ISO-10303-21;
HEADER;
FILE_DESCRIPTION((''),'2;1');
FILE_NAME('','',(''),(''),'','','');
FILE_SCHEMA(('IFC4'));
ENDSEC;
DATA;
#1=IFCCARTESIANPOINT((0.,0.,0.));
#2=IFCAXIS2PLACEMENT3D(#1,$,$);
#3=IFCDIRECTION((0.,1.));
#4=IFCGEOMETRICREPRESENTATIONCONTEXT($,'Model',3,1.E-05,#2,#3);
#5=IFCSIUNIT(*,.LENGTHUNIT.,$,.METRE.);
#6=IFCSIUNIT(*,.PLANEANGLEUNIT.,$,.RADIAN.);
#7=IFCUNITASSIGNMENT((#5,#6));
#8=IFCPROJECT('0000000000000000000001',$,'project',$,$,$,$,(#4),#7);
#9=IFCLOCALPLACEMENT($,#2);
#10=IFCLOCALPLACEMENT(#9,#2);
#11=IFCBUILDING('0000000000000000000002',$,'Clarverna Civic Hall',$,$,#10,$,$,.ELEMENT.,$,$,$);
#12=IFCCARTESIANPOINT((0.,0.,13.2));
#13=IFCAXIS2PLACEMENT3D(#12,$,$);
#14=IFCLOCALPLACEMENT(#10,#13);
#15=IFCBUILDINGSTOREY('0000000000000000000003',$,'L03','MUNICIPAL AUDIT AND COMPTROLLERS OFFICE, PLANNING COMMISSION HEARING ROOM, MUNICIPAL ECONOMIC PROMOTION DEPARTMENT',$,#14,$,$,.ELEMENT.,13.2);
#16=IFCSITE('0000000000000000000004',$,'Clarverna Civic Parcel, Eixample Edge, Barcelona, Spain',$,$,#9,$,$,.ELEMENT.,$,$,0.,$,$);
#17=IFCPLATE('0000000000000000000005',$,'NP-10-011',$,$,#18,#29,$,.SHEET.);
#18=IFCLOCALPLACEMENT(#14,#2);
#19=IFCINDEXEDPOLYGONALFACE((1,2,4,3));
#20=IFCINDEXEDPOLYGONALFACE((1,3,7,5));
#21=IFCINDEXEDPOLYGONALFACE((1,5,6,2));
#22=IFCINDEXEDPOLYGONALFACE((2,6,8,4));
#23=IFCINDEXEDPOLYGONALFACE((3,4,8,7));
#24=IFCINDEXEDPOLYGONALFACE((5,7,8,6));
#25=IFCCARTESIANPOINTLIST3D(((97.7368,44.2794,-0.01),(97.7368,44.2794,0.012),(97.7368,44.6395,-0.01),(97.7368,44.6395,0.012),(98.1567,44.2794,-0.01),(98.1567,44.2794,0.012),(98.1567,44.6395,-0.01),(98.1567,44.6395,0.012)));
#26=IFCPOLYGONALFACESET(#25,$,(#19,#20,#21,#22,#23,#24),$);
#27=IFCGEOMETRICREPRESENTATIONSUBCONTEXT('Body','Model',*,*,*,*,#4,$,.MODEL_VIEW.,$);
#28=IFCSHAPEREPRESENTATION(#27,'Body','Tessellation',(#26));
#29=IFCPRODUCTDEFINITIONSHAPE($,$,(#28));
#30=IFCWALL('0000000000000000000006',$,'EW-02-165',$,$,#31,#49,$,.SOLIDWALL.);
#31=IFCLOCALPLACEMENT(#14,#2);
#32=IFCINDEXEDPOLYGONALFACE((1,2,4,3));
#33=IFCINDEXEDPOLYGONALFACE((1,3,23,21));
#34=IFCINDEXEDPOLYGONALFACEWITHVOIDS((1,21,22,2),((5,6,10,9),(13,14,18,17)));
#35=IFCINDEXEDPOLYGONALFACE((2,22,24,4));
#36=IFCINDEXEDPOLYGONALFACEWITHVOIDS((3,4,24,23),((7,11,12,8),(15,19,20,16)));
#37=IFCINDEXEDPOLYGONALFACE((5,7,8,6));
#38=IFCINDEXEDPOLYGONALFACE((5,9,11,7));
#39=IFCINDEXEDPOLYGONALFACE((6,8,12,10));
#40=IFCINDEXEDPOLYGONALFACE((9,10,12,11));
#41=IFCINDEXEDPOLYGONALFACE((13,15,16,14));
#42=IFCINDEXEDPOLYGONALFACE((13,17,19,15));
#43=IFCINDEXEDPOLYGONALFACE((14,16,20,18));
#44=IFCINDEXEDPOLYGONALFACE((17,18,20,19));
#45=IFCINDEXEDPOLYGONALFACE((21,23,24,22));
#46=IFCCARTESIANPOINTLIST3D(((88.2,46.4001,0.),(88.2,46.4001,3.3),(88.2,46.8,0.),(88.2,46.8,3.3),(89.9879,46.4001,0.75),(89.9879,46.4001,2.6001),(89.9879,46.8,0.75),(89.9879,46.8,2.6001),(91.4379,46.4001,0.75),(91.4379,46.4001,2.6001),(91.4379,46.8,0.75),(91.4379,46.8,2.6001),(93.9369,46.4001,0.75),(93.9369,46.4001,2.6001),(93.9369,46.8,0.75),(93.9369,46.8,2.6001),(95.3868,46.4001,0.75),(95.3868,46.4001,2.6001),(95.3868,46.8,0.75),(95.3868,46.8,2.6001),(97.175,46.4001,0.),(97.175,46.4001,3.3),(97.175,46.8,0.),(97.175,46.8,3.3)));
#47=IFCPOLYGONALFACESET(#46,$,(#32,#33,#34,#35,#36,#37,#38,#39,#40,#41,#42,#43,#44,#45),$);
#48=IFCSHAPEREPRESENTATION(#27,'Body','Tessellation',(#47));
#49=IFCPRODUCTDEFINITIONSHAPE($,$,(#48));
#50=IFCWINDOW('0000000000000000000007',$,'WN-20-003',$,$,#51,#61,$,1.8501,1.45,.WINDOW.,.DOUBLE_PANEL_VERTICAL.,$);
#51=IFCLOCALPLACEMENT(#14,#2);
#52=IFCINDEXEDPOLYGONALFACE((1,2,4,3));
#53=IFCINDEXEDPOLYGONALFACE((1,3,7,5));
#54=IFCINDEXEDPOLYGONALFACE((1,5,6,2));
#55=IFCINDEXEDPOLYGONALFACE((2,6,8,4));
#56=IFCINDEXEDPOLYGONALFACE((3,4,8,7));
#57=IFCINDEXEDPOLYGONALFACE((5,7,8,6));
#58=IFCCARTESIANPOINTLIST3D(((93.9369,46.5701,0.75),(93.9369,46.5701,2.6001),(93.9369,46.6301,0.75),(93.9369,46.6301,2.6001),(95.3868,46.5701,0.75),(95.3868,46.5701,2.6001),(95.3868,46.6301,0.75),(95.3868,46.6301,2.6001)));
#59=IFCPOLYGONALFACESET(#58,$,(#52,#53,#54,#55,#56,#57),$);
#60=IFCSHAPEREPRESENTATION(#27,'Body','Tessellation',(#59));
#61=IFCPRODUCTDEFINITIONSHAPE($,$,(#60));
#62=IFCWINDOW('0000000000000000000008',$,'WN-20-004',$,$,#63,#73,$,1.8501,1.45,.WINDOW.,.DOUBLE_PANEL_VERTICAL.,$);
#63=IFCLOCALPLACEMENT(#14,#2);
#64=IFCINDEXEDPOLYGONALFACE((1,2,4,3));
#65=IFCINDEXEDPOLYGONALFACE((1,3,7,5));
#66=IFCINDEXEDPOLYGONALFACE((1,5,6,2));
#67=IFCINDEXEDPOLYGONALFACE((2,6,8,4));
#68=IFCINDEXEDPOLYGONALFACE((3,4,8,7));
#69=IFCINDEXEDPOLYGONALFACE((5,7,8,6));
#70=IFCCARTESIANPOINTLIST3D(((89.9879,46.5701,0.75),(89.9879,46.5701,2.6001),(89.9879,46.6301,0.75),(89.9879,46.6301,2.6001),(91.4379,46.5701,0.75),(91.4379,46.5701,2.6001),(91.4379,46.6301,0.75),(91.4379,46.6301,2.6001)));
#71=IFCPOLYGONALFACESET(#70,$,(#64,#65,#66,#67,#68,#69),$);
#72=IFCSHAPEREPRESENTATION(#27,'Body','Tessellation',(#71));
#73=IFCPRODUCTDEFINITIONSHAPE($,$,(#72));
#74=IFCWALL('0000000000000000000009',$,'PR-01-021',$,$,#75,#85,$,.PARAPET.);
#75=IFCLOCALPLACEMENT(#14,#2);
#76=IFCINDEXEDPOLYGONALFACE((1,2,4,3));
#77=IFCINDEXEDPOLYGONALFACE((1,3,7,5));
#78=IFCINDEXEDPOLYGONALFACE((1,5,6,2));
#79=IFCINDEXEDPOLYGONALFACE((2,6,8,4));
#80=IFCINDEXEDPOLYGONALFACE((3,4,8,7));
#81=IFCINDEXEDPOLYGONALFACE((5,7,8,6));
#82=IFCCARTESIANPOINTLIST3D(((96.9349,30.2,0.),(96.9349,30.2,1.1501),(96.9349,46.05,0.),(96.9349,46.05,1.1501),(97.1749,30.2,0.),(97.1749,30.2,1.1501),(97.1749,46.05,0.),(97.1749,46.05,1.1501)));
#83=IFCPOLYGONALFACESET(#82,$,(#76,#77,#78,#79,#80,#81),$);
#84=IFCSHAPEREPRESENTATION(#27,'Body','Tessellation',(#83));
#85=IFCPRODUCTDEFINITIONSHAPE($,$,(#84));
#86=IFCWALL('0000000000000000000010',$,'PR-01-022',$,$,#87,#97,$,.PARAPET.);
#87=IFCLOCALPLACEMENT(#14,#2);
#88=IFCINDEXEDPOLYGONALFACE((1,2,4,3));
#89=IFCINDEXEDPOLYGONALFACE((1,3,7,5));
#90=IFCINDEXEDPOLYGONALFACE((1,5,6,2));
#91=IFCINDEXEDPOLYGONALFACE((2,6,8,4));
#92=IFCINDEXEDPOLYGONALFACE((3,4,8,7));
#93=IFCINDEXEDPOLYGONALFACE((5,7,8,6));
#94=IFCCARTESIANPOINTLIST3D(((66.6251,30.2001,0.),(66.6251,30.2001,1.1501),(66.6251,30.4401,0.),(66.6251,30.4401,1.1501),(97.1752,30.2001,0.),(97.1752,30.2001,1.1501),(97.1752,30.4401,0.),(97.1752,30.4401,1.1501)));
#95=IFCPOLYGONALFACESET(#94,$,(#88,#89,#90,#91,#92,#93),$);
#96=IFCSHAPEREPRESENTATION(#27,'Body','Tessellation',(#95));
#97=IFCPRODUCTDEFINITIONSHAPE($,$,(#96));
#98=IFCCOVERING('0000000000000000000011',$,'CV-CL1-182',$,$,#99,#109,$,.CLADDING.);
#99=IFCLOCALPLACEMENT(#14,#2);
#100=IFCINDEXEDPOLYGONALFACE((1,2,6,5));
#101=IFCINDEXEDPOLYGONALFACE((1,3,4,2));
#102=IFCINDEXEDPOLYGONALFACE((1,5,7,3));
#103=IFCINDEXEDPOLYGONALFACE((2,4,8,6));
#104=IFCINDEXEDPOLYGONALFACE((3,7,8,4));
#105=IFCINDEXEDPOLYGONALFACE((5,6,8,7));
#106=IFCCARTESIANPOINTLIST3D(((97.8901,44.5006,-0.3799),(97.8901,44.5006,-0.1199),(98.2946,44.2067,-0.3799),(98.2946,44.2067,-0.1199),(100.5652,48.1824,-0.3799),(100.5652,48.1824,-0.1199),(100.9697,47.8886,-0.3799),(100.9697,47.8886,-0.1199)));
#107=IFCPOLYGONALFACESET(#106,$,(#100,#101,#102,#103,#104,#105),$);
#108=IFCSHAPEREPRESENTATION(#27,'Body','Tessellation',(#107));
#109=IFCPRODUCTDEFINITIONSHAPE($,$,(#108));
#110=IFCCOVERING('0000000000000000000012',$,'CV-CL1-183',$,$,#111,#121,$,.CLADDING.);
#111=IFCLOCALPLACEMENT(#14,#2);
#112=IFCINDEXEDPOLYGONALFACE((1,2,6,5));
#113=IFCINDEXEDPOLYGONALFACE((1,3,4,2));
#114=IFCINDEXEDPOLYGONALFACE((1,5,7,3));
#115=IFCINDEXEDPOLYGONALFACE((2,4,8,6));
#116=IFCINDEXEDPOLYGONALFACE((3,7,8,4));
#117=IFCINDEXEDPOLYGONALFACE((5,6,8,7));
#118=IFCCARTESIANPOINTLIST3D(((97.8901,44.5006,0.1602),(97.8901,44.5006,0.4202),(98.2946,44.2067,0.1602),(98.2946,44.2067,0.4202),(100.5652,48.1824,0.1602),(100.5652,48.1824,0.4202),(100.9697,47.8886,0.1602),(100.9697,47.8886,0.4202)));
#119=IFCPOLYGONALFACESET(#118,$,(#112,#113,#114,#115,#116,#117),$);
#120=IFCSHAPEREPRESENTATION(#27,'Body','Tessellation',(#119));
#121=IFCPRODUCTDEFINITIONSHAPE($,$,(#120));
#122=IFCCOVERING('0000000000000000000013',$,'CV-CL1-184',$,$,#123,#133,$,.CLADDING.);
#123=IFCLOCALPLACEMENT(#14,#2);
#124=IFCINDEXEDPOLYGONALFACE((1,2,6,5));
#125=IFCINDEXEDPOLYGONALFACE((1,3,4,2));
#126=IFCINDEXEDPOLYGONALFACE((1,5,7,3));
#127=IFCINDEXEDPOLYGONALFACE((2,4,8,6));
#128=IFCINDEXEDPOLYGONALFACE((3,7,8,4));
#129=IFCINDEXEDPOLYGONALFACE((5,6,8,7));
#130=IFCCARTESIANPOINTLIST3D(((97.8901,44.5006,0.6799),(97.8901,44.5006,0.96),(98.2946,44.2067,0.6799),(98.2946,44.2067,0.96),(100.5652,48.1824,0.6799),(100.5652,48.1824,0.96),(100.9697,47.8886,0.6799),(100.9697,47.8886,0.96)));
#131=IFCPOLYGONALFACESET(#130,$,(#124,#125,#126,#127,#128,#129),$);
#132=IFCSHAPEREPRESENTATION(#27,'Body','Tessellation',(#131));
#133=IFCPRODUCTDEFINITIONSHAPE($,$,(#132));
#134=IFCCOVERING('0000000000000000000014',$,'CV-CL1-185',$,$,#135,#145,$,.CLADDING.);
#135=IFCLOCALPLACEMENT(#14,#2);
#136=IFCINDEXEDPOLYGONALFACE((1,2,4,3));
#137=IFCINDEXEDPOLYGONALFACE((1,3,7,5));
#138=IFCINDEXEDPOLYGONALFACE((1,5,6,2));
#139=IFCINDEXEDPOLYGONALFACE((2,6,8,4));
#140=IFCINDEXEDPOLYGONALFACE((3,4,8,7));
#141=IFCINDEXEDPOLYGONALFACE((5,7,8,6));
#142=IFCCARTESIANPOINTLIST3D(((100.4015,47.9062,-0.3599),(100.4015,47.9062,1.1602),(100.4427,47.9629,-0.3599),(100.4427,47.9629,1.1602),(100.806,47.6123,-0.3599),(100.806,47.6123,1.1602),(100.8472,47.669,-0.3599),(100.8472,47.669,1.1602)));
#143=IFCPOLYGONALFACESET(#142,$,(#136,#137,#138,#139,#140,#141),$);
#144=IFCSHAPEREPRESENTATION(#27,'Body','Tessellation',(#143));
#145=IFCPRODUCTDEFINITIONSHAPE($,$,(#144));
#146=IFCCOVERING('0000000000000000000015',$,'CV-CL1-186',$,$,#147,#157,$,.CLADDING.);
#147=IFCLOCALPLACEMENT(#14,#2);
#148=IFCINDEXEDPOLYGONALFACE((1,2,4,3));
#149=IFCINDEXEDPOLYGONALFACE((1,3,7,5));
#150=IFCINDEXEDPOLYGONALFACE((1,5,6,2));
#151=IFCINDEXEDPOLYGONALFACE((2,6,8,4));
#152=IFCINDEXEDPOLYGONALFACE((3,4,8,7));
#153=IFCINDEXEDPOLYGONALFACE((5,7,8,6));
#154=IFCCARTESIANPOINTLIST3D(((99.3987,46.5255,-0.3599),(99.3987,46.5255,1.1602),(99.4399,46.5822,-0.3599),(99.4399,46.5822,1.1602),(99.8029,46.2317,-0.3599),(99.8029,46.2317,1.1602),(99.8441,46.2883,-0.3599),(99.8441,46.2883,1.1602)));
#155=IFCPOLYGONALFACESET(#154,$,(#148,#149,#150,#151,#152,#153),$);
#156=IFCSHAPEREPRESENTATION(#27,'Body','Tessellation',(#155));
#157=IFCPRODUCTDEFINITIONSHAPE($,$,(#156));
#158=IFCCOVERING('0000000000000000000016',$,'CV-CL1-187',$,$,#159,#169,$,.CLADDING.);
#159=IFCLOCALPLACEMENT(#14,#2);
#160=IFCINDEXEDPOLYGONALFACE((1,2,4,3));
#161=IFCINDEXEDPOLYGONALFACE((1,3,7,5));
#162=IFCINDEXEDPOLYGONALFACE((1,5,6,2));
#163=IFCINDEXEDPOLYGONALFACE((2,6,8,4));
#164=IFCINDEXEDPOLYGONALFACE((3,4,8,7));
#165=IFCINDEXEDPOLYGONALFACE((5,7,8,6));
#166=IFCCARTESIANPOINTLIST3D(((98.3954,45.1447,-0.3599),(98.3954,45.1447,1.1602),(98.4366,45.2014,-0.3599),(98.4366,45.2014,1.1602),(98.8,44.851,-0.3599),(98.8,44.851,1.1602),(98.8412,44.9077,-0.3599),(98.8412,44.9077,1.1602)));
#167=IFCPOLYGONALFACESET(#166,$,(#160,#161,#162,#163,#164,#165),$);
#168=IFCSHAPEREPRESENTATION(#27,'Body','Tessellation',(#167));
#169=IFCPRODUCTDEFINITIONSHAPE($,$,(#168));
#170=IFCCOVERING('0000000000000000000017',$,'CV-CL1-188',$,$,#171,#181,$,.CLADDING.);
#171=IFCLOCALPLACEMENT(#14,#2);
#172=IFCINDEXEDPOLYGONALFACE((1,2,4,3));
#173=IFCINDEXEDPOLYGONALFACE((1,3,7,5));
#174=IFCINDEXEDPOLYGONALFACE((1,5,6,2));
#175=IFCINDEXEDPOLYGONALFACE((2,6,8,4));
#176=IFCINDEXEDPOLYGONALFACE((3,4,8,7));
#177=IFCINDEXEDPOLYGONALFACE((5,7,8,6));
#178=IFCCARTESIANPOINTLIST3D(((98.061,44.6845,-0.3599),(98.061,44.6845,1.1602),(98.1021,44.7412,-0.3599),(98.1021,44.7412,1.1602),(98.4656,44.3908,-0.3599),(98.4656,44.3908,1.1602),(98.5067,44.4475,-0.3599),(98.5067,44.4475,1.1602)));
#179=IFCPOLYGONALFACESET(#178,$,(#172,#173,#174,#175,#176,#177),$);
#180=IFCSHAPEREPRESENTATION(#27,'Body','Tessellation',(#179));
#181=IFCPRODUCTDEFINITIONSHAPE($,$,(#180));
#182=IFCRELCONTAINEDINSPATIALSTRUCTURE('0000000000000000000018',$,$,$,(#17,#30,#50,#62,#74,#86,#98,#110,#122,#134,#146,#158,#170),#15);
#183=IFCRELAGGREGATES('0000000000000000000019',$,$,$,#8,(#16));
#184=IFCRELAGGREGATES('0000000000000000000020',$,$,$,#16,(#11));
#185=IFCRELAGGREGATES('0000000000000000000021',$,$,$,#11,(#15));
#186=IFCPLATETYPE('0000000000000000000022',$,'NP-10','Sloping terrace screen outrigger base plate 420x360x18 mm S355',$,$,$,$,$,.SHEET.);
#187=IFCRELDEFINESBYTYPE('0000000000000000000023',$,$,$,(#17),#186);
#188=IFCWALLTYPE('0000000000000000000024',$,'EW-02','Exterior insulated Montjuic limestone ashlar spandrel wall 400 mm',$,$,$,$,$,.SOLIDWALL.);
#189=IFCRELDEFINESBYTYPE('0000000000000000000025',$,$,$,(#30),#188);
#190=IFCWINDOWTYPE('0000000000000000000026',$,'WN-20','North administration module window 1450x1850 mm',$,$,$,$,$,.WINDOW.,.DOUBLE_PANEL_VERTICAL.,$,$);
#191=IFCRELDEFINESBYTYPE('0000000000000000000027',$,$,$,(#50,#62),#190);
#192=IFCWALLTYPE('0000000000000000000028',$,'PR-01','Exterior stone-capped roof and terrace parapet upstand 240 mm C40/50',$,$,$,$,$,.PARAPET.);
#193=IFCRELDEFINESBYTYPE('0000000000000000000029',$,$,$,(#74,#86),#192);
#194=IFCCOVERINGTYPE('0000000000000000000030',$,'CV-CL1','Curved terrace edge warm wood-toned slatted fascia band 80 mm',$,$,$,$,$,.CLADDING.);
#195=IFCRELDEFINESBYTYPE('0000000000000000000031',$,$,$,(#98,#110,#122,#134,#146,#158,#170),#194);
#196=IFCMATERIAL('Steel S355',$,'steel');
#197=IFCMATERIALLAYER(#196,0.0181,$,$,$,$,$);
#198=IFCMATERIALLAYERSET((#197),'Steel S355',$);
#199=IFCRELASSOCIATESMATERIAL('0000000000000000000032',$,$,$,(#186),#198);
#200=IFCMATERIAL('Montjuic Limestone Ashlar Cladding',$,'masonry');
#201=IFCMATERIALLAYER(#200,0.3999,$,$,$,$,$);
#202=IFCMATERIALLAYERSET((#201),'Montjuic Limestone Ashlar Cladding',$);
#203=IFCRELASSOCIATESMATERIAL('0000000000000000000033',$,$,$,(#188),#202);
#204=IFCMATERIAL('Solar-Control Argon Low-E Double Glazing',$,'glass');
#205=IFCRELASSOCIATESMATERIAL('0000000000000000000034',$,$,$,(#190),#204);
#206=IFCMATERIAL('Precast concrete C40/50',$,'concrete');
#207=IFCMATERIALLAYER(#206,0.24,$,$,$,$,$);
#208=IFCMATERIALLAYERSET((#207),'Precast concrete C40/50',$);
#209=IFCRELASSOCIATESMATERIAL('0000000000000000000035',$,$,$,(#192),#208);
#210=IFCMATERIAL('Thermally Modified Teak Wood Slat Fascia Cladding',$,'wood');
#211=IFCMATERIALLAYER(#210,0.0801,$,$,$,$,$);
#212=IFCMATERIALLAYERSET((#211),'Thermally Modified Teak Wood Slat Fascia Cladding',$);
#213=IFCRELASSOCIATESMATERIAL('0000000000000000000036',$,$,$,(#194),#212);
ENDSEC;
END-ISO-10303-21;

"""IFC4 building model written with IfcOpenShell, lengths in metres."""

from ifc_helpers import new_model, si_unit, direction, frame, frame_2d, origin, origin_2d, place, context, subcontext, project, spatial, rectangle, extrude, material, layer, layer_set, type_object, element, fill, save


model = new_model("IFC4")

# Units and contexts
model_context = context("Model", 3, precision=1e-05, world=origin(), true_north=direction((0.0, 1.0)))
body_context = subcontext(model_context, "Body", "Model", "MODEL_VIEW")
ifc_project = project(units=[si_unit("LENGTHUNIT", "METRE"), si_unit("PLANEANGLEUNIT", "RADIAN")], contexts=[model_context])

# Site, building, storey
site_placement = place(None, origin())
site = spatial("IfcSite", under=ifc_project, at=site_placement, Name="Clarverna Civic Parcel, Eixample Edge, Barcelona, Spain", CompositionType="ELEMENT", RefElevation=0.0)
building_placement = place(site_placement, origin())
building = spatial("IfcBuilding", under=site, at=building_placement, Name="Clarverna Civic Hall", CompositionType="ELEMENT")
storey_placement = place(building_placement, frame((0.0, 0.0, 13.2)))
storey = spatial("IfcBuildingStorey", under=building, at=storey_placement, Name="L03", Description="MUNICIPAL AUDIT AND COMPTROLLERS OFFICE, PLANNING COMMISSION HEARING ROOM, MUNICIPAL ECONOMIC PROMOTION DEPARTMENT", CompositionType="ELEMENT", Elevation=13.2)

# Shared definitions
ifc_material_1 = material(Name="Steel S355", Category="steel")

# Plate
ifc_layer_1 = layer(ifc_material_1, 0.0181)
ifc_layer_set_1 = layer_set([ifc_layer_1], Name="Steel S355")
plate_type = type_object("IfcPlateType", Name="NP-10", Description="Sloping terrace screen outrigger base plate 420x360x18 mm S355", PredefinedType="SHEET", material=ifc_layer_set_1)
plate_placement = place(storey_placement, frame((97.9468, 44.4595, -0.01), z_axis=(0.0, 0.0, 1.0), x_axis=(1.0, 0.0, 0.0)))
element("IfcPlate", 1, at=plate_placement, inside=storey, type_object=plate_type, Name="NP-10-011", PredefinedType="SHEET", context=body_context, shape_type="SweptSolid", body=[
    extrude(rectangle(XDim=0.4199, YDim=0.3601, at=origin_2d()), origin(), (0.0, 0.0, 1.0), 0.022),
])

# Wall, openings, windows
ifc_material_2 = material(Name="Montjuic Limestone Ashlar Cladding", Category="masonry")
ifc_layer_2 = layer(ifc_material_2, 0.3999)
ifc_layer_set_2 = layer_set([ifc_layer_2], Name="Montjuic Limestone Ashlar Cladding")
wall_type_1 = type_object("IfcWallType", Name="EW-02", Description="Exterior insulated Montjuic limestone ashlar spandrel wall 400 mm", PredefinedType="SOLIDWALL", material=ifc_layer_set_2)
wall_1_placement = place(storey_placement, frame((97.175, 46.6001, 0.0), z_axis=(0.0, 0.0, 1.0), x_axis=(-1.0, 0.0, 0.0)))
wall_1 = element("IfcWall", 2, at=wall_1_placement, inside=storey, type_object=wall_type_1, Name="EW-02-165", PredefinedType="SOLIDWALL", context=body_context, shape_type="SweptSolid", body=[
    extrude(rectangle(XDim=8.9751, YDim=0.3999, at=frame_2d((4.4875, 0.0))), origin(), (0.0, 0.0, 1.0), 3.3),
])
opening_1_placement = place(wall_1_placement, frame((1.7881, 0.0, 0.75)))
opening_1 = element("IfcOpeningElement", 3, at=opening_1_placement, cuts=wall_1, PredefinedType="OPENING", context=body_context, shape_type="SweptSolid", body=[
    extrude(rectangle(XDim=1.45, YDim=1.8501, at=frame_2d((0.7251, 0.925))), frame((0.0, 0.21, 0.0), z_axis=(0.0, -1.0, 0.0), x_axis=(1.0, 0.0, 0.0)), (0.0, 0.0, 1.0), 0.4199),
])
opening_2_placement = place(wall_1_placement, frame((5.7371, 0.0, 0.75)))
opening_2 = element("IfcOpeningElement", 4, at=opening_2_placement, cuts=wall_1, PredefinedType="OPENING", context=body_context, shape_type="SweptSolid", body=[
    extrude(rectangle(XDim=1.45, YDim=1.8501, at=frame_2d((0.7251, 0.925))), frame((0.0, 0.21, 0.0), z_axis=(0.0, -1.0, 0.0), x_axis=(1.0, 0.0, 0.0)), (0.0, 0.0, 1.0), 0.4199),
])
ifc_material_3 = material(Name="Solar-Control Argon Low-E Double Glazing", Category="glass")
window_type = type_object("IfcWindowType", Name="WN-20", Description="North administration module window 1450x1850 mm", PartitioningType="DOUBLE_PANEL_VERTICAL", PredefinedType="WINDOW", material=ifc_material_3)
window_1_placement = place(opening_1_placement, origin())
window_1 = element("IfcWindow", 5, at=window_1_placement, inside=storey, type_object=window_type, Name="WN-20-003", OverallHeight=1.8501, OverallWidth=1.45, PartitioningType="DOUBLE_PANEL_VERTICAL", PredefinedType="WINDOW", context=body_context, shape_type="SweptSolid", body=[
    extrude(rectangle(XDim=1.45, YDim=1.8501, at=frame_2d((0.7251, 0.925))), frame((0.0, 0.03, 0.0), z_axis=(0.0, -1.0, 0.0), x_axis=(1.0, 0.0, 0.0)), (0.0, 0.0, 1.0), 0.0601),
])
fill(opening_1, window_1)
window_2_placement = place(opening_2_placement, origin())
window_2 = element("IfcWindow", 6, at=window_2_placement, inside=storey, type_object=window_type, Name="WN-20-004", OverallHeight=1.8501, OverallWidth=1.45, PartitioningType="DOUBLE_PANEL_VERTICAL", PredefinedType="WINDOW", context=body_context, shape_type="SweptSolid", body=[
    extrude(rectangle(XDim=1.45, YDim=1.8501, at=frame_2d((0.7251, 0.925))), frame((0.0, 0.03, 0.0), z_axis=(0.0, -1.0, 0.0), x_axis=(1.0, 0.0, 0.0)), (0.0, 0.0, 1.0), 0.0601),
])
fill(opening_2, window_2)

# Walls
ifc_material_4 = material(Name="Precast concrete C40/50", Category="concrete")
ifc_layer_3 = layer(ifc_material_4, 0.24)
ifc_layer_set_3 = layer_set([ifc_layer_3], Name="Precast concrete C40/50")
wall_type_2 = type_object("IfcWallType", Name="PR-01", Description="Exterior stone-capped roof and terrace parapet upstand 240 mm C40/50", PredefinedType="PARAPET", material=ifc_layer_set_3)
wall_2_placement = place(storey_placement, frame((97.0549, 46.05, 0.0), z_axis=(0.0, 0.0, 1.0), x_axis=(0.0, -1.0, 0.0)))
element("IfcWall", 7, at=wall_2_placement, inside=storey, type_object=wall_type_2, Name="PR-01-021", PredefinedType="PARAPET", context=body_context, shape_type="SweptSolid", body=[
    extrude(rectangle(XDim=15.8501, YDim=0.24, at=frame_2d((7.925, 0.0))), origin(), (0.0, 0.0, 1.0), 1.1501),
])
wall_3_placement = place(storey_placement, frame((97.175, 30.3201, 0.0), z_axis=(0.0, 0.0, 1.0), x_axis=(-1.0, 0.0, 0.0)))
element("IfcWall", 8, at=wall_3_placement, inside=storey, type_object=wall_type_2, Name="PR-01-022", PredefinedType="PARAPET", context=body_context, shape_type="SweptSolid", body=[
    extrude(rectangle(XDim=30.55, YDim=0.24, at=frame_2d((15.2749, 0.0))), origin(), (0.0, 0.0, 1.0), 1.1501),
])

# Coverings
ifc_material_5 = material(Name="Thermally Modified Teak Wood Slat Fascia Cladding", Category="wood")
ifc_layer_4 = layer(ifc_material_5, 0.0801)
ifc_layer_set_4 = layer_set([ifc_layer_4], Name="Thermally Modified Teak Wood Slat Fascia Cladding")
covering_type_1 = type_object("IfcCoveringType", Name="CV-CL1", Description="Curved terrace edge warm wood-toned slatted fascia band 80 mm", PredefinedType="CLADDING", material=ifc_layer_set_4)
for number, where, z_axis, x_axis, name in (
    (9, (100.7673, 48.0354, -0.3799), (0.0, 0.0, 1.0), (-0.587786, -0.809017, 0.0), "CV-CL1-182"),
    (10, (100.7673, 48.0354, 0.1602), (0.0, 0.0, 1.0), (-0.587786, -0.809017, 0.0), "CV-CL1-183"),
):
    element("IfcCovering", number, at=place(storey_placement, frame(where, z_axis=z_axis, x_axis=x_axis)), inside=storey, type_object=covering_type_1, Name=name, PredefinedType="CLADDING", context=body_context, shape_type="SweptSolid", body=[
        extrude(rectangle(XDim=4.551, YDim=0.5, at=frame_2d((2.2754, 0.0))), origin(), (0.0, 0.0, 1.0), 0.26),
    ])
covering_1_placement = place(storey_placement, frame((100.7673, 48.0354, 0.6799), z_axis=(0.0, 0.0, 1.0), x_axis=(-0.587786, -0.809017, 0.0)))
element("IfcCovering", 11, at=covering_1_placement, inside=storey, type_object=covering_type_1, Name="CV-CL1-184", PredefinedType="CLADDING", context=body_context, shape_type="SweptSolid", body=[
    extrude(rectangle(XDim=4.551, YDim=0.5, at=frame_2d((2.2754, 0.0))), origin(), (0.0, 0.0, 1.0), 0.28),
])
covering_2_placement = place(storey_placement, frame((100.4221, 47.9346, -0.3599), z_axis=(0.0, 0.0, 1.0), x_axis=(0.808989, -0.587823, 0.0)))
element("IfcCovering", 12, at=covering_2_placement, inside=storey, type_object=covering_type_1, Name="CV-CL1-185", PredefinedType="CLADDING", context=body_context, shape_type="SweptSolid", body=[
    extrude(rectangle(XDim=0.5, YDim=0.0701, at=frame_2d((0.25, 0.0))), origin(), (0.0, 0.0, 1.0), 1.52),
])
covering_3_placement = place(storey_placement, frame((99.4192, 46.554, -0.3599), z_axis=(0.0, 0.0, 1.0), x_axis=(0.808821, -0.588056, 0.0)))
element("IfcCovering", 13, at=covering_3_placement, inside=storey, type_object=covering_type_1, Name="CV-CL1-186", PredefinedType="CLADDING", context=body_context, shape_type="SweptSolid", body=[
    extrude(rectangle(XDim=0.4998, YDim=0.0701, at=frame_2d((0.25, 0.0))), origin(), (0.0, 0.0, 1.0), 1.52),
])
for number, where, z_axis, x_axis, name in (
    (14, (98.416, 45.1731, -0.3599), (0.0, 0.0, 1.0), (0.809222, -0.587504, 0.0), "CV-CL1-187"),
    (15, (98.0815, 44.7129, -0.3599), (0.0, 0.0, 1.0), (0.809222, -0.587504, 0.0), "CV-CL1-188"),
):
    element("IfcCovering", number, at=place(storey_placement, frame(where, z_axis=z_axis, x_axis=x_axis)), inside=storey, type_object=covering_type_1, Name=name, PredefinedType="CLADDING", context=body_context, shape_type="SweptSolid", body=[
        extrude(rectangle(XDim=0.5, YDim=0.0701, at=frame_2d((0.25, 0.0))), origin(), (0.0, 0.0, 1.0), 1.52),
    ])

save(model, "model.ifc")
